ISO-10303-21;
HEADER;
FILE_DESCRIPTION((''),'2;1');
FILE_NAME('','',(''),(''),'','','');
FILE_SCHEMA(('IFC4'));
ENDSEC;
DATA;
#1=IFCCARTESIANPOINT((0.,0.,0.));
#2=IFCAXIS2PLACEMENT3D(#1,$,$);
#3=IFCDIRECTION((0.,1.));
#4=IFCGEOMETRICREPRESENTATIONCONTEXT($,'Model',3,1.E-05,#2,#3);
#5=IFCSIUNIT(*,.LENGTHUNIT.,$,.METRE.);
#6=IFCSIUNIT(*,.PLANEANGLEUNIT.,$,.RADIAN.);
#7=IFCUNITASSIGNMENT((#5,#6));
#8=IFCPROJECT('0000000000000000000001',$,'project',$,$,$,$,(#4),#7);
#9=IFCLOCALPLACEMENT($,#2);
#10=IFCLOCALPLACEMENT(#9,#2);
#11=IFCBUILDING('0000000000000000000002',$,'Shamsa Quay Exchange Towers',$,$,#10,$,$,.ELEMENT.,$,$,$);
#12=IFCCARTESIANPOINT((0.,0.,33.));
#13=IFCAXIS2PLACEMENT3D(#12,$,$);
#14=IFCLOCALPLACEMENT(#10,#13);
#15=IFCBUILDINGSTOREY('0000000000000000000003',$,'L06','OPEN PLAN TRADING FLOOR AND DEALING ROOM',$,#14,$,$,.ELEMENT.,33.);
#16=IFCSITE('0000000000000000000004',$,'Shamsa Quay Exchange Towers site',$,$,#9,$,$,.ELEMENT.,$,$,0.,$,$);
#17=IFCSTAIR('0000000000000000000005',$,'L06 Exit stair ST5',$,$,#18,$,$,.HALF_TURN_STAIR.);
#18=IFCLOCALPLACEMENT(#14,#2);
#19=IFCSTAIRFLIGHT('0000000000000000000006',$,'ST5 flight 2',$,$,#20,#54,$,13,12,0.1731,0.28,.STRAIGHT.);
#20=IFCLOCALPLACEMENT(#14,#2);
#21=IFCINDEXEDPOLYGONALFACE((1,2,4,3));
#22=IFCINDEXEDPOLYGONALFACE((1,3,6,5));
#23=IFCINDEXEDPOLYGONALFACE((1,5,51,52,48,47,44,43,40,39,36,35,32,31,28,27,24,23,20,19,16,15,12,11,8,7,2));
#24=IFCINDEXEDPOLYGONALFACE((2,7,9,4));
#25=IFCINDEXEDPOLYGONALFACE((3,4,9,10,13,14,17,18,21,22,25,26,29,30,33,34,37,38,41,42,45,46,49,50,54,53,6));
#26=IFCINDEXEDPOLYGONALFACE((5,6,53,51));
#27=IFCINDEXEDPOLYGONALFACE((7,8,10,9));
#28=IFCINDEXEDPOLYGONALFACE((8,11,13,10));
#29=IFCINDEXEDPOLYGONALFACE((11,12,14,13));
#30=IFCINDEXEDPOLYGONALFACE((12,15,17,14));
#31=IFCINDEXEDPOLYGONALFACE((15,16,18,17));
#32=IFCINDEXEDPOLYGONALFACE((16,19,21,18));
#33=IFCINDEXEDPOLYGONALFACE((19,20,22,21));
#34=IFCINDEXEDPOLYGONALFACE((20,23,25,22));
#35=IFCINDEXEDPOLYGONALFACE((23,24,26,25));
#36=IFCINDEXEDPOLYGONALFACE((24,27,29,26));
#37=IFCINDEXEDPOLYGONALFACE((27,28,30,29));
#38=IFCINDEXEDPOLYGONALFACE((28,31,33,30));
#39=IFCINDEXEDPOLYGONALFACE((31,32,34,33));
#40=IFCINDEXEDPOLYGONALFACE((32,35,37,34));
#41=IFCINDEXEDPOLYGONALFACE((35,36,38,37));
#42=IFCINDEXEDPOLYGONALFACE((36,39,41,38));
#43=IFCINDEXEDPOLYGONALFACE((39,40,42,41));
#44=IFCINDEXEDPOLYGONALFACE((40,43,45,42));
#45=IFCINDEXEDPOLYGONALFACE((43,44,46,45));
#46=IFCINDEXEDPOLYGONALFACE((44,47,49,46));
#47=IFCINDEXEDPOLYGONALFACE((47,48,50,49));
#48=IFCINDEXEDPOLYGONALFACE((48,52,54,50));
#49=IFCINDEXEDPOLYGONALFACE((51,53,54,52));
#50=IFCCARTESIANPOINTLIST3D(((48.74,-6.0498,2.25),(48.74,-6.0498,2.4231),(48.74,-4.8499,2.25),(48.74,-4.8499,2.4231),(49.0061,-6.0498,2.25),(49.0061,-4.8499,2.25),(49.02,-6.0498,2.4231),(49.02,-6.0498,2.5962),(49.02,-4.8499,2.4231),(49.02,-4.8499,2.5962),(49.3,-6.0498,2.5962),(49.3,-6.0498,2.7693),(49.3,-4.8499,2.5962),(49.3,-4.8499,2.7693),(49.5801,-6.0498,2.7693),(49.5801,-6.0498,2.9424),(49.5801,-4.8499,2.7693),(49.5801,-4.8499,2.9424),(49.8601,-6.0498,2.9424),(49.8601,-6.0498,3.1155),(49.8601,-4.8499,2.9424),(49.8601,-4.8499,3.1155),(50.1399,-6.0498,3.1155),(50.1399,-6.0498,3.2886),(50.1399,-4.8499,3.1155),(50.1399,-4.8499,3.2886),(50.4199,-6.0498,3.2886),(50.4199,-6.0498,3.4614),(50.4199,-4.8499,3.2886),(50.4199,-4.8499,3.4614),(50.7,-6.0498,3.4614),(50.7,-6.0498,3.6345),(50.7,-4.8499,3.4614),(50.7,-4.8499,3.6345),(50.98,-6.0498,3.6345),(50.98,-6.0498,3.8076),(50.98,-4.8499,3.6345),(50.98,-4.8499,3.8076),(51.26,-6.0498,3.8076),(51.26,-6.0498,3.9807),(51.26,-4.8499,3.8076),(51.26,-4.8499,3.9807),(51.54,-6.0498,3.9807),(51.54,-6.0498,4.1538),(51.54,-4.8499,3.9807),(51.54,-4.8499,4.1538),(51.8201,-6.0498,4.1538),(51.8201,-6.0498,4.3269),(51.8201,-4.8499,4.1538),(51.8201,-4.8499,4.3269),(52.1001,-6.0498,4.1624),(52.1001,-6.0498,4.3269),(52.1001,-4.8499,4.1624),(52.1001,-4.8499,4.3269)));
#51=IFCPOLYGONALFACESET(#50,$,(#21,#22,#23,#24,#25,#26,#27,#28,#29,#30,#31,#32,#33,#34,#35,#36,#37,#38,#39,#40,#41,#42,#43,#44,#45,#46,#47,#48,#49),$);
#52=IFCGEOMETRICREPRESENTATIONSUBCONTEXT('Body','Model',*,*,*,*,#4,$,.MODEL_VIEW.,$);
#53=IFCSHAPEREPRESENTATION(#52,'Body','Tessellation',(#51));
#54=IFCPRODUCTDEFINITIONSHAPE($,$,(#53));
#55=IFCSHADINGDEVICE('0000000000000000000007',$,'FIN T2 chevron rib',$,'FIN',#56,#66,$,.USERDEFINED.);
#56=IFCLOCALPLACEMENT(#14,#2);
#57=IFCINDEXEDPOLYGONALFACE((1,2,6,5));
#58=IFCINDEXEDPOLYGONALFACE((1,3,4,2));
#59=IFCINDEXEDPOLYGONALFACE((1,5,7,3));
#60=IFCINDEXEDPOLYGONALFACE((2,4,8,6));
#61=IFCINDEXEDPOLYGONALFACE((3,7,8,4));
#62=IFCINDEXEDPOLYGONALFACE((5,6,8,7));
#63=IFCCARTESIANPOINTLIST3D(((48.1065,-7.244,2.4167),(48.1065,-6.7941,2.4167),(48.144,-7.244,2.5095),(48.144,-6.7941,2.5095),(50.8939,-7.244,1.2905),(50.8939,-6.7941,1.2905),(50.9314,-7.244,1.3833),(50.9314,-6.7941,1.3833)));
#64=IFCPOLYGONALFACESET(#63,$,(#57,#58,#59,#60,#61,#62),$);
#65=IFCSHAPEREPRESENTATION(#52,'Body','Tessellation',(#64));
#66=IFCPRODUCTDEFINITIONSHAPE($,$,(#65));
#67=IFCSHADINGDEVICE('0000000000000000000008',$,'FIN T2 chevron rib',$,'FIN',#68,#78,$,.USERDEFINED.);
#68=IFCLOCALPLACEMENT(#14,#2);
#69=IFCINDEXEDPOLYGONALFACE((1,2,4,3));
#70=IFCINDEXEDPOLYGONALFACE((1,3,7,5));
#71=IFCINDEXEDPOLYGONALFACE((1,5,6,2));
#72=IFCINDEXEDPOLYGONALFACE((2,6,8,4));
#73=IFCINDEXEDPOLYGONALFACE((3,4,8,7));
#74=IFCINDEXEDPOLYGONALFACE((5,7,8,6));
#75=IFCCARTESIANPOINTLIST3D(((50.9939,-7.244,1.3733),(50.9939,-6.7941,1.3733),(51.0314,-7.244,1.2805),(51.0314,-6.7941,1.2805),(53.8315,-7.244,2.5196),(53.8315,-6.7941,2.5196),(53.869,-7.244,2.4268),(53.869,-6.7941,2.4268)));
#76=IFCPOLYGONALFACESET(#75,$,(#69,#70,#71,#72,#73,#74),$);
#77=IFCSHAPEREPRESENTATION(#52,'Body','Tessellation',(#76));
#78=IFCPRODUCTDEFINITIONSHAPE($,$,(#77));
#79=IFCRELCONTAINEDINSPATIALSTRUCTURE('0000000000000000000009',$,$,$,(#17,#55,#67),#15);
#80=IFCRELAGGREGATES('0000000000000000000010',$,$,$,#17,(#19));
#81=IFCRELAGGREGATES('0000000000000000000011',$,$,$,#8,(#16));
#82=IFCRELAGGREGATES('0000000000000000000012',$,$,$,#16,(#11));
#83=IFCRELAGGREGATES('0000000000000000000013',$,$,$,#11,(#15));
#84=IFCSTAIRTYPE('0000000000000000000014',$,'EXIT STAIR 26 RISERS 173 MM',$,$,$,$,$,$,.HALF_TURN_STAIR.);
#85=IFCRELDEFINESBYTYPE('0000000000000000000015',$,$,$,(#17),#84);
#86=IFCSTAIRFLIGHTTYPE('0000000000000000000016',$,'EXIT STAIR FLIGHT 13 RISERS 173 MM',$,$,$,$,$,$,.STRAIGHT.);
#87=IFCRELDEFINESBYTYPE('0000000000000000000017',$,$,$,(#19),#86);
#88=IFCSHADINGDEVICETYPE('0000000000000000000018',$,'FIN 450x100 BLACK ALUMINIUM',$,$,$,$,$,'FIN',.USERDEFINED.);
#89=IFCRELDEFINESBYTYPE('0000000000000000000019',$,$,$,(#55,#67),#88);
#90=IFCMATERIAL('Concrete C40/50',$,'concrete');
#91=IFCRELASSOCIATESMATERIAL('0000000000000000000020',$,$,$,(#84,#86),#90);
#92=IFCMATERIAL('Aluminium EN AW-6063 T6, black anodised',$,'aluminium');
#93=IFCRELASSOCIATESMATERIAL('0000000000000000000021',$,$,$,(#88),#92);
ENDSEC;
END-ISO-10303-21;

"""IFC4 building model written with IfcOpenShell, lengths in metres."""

from ifc_helpers import new_model, si_unit, direction, frame, origin, origin_2d, place, context, subcontext, project, spatial, polyline, rectangle, outline, extrude, material, material_profile, profile_set, type_object, element, aggregate, save


model = new_model("IFC4")

# Units and contexts
model_context = context("Model", 3, precision=1e-05, world=origin(), true_north=direction((0.0, 1.0)))
body_context = subcontext(model_context, "Body", "Model", "MODEL_VIEW")
ifc_project = project(units=[si_unit("LENGTHUNIT", "METRE"), si_unit("PLANEANGLEUNIT", "RADIAN")], contexts=[model_context])

# Site, building, storey
site_placement = place(None, origin())
site = spatial("IfcSite", under=ifc_project, at=site_placement, Name="Shamsa Quay Exchange Towers site", CompositionType="ELEMENT", RefElevation=0.0)
building_placement = place(site_placement, origin())
building = spatial("IfcBuilding", under=site, at=building_placement, Name="Shamsa Quay Exchange Towers", CompositionType="ELEMENT")
storey_placement = place(building_placement, frame((0.0, 0.0, 33.0)))
storey = spatial("IfcBuildingStorey", under=building, at=storey_placement, Name="L06", Description="OPEN PLAN TRADING FLOOR AND DEALING ROOM", CompositionType="ELEMENT", Elevation=33.0)

# Shared definitions
ifc_material_1 = material(Name="Aluminium EN AW-6063 T6, black anodised", Category="aluminium")

# Stair, stair flight
ifc_material_2 = material(Name="Concrete C40/50", Category="concrete")
stair_type = type_object("IfcStairType", Name="EXIT STAIR 26 RISERS 173 MM", PredefinedType="HALF_TURN_STAIR", material=ifc_material_2)
stair_placement = place(storey_placement, origin())
stair = element("IfcStair", 1, at=stair_placement, inside=storey, type_object=stair_type, Name="L06 Exit stair ST5", PredefinedType="HALF_TURN_STAIR")
stair_flight_type = type_object("IfcStairFlightType", Name="EXIT STAIR FLIGHT 13 RISERS 173 MM", PredefinedType="STRAIGHT", material=ifc_material_2)
stair_flight_1_placement = place(storey_placement, frame((48.74, -5.45, 2.25)))
stair_flight_1 = element("IfcStairFlight", 2, at=stair_flight_1_placement, type_object=stair_flight_type, Name="ST5 flight 2", NumberOfRisers=13, NumberOfTreads=12, PredefinedType="STRAIGHT", RiserHeight=0.1731, TreadLength=0.28, context=body_context, shape_type="SweptSolid", body=[
    extrude(outline(polyline([(0.0, 0.0), (0.0, 0.1731), (0.28, 0.1731), (0.28, 0.3462), (0.5601, 0.3462), (0.5601, 0.5193), (0.8401, 0.5193), (0.8401, 0.6924), (1.1201, 0.6924), (1.1201, 0.8655), (1.3999, 0.8655), (1.3999, 1.0386), (1.6799, 1.0386), (1.6799, 1.2114), (1.96, 1.2114), (1.96, 1.3845), (2.24, 1.3845), (2.24, 1.5576), (2.52, 1.5576), (2.52, 1.7307), (2.8, 1.7307), (2.8, 1.9038), (3.0801, 1.9038), (3.0801, 2.0769), (3.3601, 2.0769), (3.3601, 2.25), (3.3601, 1.9124), (0.2661, 0.0), (0.0, 0.0)])), frame((0.0, 0.6001, 0.0), z_axis=(0.0, -1.0, 0.0), x_axis=(1.0, 0.0, 0.0)), (0.0, 0.0, 1.0), 1.2),
])
aggregate(stair, [stair_flight_1])

# Shading devices
ifc_material_profile = material_profile(ifc_material_1, rectangle(XDim=0.45, YDim=0.1001, at=origin_2d()), Name="FIN450x100")
ifc_profile_set = profile_set([ifc_material_profile], Name="Aluminium EN AW-6063 T6, black anodised")
shading_device_type = type_object("IfcShadingDeviceType", Name="FIN 450x100 BLACK ALUMINIUM", ElementType="FIN", PredefinedType="USERDEFINED", material=ifc_profile_set)
shading_device_1_placement = place(storey_placement, frame((48.1252, -7.019, 2.4631), z_axis=(0.927177, 0.0, -0.374623), x_axis=(0.0, 1.0, 0.0)))
element("IfcShadingDevice", 3, at=shading_device_1_placement, inside=storey, type_object=shading_device_type, Name="FIN T2 chevron rib", ObjectType="FIN", PredefinedType="USERDEFINED", context=body_context, shape_type="SweptSolid", body=[
    extrude(rectangle(XDim=0.45, YDim=0.1001, at=origin_2d()), origin(), (0.0, 0.0, 1.0), 3.0063),
])
shading_device_2_placement = place(storey_placement, frame((51.0127, -7.019, 1.3269), z_axis=(0.9272, 0.0, 0.374566), x_axis=(0.0, 1.0, 0.0)))
element("IfcShadingDevice", 4, at=shading_device_2_placement, inside=storey, type_object=shading_device_type, Name="FIN T2 chevron rib", ObjectType="FIN", PredefinedType="USERDEFINED", context=body_context, shape_type="SweptSolid", body=[
    extrude(rectangle(XDim=0.45, YDim=0.1001, at=origin_2d()), origin(), (0.0, 0.0, 1.0), 3.0603),
])

save(model, "model.ifc")
